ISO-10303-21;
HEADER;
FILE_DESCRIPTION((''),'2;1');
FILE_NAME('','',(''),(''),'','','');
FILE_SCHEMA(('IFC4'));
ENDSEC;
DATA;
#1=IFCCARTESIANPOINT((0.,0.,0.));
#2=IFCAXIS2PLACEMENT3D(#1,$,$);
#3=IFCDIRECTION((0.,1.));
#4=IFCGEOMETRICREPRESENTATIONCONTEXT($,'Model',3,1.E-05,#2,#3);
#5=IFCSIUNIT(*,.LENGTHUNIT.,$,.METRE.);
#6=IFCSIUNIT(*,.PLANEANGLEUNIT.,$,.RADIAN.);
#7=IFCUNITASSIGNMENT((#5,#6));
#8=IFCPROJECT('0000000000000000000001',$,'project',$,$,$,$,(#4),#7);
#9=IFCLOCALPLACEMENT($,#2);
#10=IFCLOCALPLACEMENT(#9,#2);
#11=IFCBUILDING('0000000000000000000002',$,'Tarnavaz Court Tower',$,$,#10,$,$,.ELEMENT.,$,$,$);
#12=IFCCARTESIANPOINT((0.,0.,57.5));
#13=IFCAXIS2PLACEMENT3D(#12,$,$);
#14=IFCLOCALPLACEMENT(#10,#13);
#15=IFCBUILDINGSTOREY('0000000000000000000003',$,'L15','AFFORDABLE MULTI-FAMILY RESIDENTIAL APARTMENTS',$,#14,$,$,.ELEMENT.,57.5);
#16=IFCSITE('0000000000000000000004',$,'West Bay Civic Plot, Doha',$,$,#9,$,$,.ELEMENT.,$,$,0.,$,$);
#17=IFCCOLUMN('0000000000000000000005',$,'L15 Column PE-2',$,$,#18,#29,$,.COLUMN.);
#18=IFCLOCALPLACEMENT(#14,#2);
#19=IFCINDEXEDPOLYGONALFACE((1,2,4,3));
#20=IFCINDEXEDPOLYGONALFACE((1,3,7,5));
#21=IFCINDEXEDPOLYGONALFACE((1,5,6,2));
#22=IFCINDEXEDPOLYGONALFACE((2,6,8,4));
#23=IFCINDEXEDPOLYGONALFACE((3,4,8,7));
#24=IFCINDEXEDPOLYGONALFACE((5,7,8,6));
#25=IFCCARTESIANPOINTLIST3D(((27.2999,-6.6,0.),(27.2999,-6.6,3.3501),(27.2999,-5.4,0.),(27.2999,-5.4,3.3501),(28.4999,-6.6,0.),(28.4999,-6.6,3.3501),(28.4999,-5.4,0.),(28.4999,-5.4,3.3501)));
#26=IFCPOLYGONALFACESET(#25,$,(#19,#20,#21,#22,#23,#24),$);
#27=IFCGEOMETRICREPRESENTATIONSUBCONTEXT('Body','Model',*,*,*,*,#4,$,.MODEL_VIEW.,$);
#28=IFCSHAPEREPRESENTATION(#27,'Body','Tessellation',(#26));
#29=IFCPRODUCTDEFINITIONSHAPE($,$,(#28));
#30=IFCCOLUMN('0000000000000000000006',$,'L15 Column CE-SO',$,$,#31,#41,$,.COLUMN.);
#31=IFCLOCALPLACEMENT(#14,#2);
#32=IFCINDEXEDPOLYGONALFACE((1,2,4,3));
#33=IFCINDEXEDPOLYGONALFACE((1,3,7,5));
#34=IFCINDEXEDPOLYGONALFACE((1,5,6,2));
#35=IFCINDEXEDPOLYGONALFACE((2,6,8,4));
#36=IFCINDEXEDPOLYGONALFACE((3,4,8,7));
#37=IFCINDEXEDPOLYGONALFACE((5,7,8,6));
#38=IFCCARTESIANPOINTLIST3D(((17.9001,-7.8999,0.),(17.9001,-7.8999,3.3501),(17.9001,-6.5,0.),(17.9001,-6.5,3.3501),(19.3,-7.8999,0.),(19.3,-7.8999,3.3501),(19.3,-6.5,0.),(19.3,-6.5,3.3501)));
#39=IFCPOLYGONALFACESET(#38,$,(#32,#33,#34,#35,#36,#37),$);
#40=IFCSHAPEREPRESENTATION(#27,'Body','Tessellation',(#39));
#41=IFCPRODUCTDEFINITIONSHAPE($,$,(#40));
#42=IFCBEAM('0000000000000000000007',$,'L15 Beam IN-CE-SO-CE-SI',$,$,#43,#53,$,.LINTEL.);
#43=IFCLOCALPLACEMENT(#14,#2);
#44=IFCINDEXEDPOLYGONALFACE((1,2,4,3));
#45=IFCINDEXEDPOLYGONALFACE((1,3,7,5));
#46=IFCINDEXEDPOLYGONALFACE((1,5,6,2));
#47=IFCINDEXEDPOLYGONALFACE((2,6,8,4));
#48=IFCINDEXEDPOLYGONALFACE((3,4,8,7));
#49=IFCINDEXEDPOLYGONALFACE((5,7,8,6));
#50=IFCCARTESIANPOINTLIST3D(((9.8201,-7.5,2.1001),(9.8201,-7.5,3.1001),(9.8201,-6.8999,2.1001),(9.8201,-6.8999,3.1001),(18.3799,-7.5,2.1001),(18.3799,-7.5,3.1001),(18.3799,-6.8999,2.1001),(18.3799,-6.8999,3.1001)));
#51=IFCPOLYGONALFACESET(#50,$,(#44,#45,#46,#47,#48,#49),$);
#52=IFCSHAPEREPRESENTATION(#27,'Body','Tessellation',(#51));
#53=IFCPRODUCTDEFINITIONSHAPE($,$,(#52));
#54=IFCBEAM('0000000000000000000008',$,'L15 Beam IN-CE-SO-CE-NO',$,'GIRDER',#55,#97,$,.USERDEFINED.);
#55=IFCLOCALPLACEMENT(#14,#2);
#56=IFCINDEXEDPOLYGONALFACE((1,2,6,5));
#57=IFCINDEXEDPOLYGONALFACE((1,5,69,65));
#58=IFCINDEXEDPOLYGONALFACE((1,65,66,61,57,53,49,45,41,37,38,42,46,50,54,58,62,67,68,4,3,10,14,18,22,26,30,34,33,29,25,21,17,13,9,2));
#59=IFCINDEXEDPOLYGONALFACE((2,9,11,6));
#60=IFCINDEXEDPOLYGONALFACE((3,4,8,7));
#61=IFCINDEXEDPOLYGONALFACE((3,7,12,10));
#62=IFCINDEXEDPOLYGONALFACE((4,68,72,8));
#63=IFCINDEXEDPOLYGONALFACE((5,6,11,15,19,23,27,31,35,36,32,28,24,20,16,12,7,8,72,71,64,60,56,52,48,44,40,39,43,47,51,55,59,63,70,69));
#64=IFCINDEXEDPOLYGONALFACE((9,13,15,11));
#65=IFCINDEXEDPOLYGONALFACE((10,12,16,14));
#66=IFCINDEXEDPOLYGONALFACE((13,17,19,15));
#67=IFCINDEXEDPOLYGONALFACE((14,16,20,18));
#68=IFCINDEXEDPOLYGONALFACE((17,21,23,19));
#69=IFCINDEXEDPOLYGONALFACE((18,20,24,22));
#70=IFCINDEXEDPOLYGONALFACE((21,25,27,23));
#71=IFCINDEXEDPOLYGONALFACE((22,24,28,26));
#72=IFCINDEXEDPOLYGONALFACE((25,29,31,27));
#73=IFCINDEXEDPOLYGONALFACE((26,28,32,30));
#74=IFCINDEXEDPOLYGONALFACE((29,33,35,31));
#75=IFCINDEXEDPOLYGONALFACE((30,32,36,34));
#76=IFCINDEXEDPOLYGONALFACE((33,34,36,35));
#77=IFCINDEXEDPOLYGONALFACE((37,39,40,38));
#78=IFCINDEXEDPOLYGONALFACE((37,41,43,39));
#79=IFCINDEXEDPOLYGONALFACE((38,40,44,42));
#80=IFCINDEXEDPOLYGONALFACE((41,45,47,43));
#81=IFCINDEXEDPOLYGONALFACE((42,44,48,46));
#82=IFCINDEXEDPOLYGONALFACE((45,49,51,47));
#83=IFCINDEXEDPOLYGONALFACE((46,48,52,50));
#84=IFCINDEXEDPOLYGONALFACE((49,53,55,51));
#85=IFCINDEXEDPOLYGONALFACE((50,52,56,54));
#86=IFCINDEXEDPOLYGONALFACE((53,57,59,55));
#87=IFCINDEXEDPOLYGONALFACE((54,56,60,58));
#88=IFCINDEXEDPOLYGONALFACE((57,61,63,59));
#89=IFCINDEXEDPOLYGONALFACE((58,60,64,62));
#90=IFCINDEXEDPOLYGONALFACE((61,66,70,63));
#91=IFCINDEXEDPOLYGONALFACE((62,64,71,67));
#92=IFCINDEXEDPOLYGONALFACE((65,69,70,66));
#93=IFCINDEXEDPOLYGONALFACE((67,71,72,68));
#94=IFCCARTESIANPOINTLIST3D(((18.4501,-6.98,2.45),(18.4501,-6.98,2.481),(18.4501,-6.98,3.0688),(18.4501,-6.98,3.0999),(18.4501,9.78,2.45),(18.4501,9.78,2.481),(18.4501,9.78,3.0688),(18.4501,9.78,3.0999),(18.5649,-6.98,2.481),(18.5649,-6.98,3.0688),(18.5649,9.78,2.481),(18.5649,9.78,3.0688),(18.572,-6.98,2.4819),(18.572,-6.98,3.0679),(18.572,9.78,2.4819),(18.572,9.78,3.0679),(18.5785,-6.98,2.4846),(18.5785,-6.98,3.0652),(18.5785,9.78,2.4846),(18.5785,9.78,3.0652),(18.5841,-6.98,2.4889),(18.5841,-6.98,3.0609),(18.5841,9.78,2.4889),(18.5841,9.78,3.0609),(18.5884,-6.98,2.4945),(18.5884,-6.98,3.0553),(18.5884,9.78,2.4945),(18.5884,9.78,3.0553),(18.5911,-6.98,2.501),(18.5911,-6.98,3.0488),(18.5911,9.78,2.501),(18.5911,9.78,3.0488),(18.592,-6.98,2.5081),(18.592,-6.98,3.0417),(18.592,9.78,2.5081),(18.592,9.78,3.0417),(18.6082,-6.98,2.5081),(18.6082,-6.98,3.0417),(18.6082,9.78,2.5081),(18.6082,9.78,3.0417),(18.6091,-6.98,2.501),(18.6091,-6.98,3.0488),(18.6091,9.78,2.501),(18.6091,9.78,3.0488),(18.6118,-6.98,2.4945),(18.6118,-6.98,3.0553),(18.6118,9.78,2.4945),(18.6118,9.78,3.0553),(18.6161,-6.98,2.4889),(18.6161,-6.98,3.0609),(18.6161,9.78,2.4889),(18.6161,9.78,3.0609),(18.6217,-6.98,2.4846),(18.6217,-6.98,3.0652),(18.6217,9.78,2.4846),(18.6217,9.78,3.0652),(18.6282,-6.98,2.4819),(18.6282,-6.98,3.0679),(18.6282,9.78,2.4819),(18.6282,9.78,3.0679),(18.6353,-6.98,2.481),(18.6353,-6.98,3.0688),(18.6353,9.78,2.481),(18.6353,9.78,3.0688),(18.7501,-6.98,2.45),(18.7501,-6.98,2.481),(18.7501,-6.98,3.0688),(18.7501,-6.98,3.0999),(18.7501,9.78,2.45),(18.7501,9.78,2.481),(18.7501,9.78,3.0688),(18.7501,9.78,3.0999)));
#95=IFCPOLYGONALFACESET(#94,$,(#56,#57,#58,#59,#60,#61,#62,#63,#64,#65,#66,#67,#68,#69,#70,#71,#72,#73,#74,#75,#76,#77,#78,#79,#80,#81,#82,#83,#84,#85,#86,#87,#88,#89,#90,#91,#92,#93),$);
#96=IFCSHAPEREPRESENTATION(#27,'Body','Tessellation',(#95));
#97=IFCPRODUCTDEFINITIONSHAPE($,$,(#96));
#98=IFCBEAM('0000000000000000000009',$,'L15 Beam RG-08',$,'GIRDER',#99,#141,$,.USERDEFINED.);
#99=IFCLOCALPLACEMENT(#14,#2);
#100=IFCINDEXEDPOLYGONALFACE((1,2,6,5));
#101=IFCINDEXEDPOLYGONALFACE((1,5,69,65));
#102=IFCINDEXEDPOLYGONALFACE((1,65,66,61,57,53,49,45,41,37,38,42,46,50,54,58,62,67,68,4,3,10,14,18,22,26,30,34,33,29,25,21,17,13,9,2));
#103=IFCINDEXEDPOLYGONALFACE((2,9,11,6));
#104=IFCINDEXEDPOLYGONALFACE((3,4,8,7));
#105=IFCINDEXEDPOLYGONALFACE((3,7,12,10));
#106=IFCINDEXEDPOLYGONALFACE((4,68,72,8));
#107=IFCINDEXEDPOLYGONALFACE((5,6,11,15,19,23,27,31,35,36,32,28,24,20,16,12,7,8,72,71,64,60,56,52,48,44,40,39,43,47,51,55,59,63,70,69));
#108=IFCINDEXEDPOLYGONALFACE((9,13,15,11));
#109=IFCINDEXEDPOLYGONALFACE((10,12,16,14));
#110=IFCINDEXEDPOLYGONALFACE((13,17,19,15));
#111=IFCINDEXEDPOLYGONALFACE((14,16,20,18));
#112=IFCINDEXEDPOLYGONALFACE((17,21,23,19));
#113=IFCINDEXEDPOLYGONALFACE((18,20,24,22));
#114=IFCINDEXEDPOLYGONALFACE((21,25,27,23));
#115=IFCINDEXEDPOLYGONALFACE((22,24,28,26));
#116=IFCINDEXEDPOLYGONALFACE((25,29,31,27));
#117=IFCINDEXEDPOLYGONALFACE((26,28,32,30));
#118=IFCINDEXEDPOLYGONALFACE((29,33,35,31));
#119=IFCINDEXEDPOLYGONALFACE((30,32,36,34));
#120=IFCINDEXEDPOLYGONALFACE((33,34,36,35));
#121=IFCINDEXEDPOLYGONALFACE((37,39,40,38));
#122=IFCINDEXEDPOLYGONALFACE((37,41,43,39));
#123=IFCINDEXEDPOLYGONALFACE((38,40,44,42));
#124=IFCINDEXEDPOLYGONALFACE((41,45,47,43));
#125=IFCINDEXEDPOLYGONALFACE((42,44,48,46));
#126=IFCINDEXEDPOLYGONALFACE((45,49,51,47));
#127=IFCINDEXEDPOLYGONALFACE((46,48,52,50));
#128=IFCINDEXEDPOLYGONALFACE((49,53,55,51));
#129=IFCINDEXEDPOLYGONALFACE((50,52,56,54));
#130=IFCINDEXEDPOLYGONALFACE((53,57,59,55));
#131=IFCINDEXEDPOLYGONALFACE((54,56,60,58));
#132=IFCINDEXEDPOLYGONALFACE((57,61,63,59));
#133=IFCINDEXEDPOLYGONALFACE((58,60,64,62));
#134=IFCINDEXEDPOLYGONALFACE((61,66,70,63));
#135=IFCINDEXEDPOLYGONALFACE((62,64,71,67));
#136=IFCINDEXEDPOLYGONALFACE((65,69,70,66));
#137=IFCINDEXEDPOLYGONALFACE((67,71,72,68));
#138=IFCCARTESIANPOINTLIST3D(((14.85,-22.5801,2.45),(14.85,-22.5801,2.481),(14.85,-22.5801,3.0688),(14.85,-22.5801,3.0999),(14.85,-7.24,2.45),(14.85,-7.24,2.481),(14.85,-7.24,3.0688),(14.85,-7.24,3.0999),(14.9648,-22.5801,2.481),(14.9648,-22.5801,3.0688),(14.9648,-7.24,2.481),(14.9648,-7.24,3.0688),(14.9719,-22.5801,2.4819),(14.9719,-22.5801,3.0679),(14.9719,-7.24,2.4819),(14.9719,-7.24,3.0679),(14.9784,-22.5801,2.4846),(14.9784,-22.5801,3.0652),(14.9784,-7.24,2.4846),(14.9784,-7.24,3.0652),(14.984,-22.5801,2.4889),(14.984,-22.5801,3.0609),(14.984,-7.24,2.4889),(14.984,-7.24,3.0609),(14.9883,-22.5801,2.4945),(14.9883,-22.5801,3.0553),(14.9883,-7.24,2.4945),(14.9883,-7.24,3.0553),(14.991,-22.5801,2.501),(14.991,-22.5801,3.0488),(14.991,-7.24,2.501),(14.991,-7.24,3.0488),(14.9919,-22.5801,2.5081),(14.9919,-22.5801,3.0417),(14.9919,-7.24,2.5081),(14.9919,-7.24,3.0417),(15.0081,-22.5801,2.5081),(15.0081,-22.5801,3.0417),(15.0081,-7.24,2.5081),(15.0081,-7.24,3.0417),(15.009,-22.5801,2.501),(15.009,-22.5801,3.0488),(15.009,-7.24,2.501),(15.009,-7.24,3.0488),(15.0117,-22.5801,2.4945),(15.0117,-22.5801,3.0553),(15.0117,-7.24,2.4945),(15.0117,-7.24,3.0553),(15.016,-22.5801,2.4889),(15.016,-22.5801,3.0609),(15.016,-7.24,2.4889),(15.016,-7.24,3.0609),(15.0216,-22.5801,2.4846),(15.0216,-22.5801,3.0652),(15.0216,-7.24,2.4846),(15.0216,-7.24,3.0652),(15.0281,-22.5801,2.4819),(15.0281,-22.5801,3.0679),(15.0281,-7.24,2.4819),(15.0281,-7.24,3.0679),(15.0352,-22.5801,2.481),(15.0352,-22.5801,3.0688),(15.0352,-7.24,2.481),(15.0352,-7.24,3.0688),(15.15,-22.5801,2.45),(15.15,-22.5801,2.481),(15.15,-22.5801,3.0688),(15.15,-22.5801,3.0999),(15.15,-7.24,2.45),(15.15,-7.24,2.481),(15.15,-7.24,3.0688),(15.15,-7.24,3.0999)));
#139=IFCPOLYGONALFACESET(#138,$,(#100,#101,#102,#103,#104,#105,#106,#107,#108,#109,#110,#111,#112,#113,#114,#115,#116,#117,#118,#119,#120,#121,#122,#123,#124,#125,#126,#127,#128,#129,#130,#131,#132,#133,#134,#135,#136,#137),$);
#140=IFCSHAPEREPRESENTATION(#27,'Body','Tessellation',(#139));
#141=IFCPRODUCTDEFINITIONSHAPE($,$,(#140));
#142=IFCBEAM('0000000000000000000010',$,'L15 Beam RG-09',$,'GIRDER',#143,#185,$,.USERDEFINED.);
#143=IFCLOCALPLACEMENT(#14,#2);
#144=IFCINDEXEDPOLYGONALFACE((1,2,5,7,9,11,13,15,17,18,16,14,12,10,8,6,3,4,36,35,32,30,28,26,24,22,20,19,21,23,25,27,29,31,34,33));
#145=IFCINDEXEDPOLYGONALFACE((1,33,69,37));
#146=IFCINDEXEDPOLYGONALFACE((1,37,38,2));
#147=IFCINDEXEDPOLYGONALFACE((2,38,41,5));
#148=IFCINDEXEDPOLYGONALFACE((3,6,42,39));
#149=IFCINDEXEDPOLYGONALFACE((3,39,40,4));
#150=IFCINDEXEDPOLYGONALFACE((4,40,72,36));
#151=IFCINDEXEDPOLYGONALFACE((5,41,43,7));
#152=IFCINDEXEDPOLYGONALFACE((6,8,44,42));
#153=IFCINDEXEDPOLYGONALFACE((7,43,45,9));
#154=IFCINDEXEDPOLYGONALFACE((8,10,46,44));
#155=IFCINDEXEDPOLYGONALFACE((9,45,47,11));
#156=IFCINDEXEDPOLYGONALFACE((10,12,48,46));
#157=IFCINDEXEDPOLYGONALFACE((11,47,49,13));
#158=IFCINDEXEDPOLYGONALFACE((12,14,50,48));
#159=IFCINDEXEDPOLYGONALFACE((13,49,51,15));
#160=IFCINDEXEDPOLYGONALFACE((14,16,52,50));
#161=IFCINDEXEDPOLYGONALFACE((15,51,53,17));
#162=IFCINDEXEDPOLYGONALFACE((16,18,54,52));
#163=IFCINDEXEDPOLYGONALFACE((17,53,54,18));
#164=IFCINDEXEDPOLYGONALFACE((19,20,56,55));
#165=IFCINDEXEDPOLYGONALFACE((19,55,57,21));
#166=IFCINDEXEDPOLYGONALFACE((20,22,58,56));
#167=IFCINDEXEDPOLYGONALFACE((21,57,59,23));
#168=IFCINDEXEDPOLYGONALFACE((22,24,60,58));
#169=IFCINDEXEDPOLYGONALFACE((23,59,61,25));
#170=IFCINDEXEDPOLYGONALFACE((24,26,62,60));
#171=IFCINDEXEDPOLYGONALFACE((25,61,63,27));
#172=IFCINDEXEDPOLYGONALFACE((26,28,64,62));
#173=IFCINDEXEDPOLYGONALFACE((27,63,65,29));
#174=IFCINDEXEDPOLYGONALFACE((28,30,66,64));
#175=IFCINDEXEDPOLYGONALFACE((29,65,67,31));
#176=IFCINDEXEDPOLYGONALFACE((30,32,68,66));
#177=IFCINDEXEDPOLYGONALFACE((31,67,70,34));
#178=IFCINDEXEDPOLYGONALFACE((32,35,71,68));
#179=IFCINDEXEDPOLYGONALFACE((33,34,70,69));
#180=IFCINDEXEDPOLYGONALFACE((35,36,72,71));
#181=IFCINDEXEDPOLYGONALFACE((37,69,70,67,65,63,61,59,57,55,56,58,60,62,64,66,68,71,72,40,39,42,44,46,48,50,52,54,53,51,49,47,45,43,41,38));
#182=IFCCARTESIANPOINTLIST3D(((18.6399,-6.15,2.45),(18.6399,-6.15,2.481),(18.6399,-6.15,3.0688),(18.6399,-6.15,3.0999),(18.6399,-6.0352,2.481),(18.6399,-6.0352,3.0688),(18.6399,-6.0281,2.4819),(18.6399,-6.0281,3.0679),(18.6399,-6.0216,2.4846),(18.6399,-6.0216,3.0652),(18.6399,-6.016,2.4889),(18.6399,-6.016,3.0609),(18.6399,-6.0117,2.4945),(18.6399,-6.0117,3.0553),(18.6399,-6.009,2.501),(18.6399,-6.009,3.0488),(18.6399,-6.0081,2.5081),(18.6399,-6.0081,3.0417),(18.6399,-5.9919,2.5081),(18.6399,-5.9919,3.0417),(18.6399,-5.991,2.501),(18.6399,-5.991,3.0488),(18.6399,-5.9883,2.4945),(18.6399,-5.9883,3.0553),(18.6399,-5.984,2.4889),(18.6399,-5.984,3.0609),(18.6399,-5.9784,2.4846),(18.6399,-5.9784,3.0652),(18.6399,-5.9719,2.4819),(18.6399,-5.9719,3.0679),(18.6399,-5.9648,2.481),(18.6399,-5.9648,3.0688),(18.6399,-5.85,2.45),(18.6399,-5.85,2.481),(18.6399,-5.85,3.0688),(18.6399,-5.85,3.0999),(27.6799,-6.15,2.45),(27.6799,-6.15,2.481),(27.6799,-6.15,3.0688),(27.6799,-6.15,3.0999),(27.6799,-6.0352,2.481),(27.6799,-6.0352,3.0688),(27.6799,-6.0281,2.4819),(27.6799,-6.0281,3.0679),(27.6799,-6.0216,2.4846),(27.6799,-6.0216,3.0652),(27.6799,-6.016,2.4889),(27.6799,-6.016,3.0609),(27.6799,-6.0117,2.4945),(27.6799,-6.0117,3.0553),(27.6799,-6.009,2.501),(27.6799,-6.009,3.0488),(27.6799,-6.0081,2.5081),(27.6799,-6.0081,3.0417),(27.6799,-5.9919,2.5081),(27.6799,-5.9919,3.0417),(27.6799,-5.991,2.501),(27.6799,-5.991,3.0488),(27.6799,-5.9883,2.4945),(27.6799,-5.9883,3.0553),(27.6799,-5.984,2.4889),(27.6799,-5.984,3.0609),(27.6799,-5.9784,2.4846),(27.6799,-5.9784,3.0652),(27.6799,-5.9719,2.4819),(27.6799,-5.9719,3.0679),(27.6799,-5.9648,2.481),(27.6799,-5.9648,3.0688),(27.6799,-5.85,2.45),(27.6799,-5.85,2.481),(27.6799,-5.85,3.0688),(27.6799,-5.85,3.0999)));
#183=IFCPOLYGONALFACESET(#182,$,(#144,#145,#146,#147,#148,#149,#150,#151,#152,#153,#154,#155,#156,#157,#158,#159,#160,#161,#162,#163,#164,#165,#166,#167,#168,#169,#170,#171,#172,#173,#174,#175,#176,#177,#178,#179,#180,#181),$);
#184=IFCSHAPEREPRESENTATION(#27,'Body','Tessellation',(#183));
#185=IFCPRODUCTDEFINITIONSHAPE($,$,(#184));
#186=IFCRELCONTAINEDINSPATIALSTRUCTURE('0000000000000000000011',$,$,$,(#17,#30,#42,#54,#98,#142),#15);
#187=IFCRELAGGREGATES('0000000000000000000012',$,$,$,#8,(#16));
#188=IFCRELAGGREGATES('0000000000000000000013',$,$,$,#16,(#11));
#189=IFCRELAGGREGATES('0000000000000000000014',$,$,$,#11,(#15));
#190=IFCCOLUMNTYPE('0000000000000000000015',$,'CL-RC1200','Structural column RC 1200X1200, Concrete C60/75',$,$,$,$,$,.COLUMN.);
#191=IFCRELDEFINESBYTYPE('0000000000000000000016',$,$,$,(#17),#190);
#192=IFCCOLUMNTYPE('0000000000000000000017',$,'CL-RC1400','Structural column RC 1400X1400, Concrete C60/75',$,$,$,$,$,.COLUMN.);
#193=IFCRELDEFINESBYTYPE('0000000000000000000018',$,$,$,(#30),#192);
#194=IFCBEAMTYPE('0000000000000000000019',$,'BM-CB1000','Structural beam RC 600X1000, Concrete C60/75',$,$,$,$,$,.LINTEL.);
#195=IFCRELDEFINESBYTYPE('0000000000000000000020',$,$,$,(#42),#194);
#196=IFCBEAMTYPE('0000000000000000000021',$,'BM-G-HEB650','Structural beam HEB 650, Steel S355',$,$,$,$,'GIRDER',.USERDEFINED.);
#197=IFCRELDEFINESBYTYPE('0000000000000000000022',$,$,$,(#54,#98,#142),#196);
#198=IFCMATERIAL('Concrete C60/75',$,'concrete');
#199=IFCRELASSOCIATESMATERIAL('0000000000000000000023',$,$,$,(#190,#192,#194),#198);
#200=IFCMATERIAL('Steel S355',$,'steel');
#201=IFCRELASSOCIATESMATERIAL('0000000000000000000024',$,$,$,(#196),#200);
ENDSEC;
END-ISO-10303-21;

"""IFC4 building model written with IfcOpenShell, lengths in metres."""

from ifc_helpers import new_model, si_unit, direction, frame, origin, origin_2d, place, context, subcontext, project, spatial, rectangle, i_section, extrude, material, material_profile, profile_set, type_object, element, save


model = new_model("IFC4")

# Units and contexts
model_context = context("Model", 3, precision=1e-05, world=origin(), true_north=direction((0.0, 1.0)))
body_context = subcontext(model_context, "Body", "Model", "MODEL_VIEW")
ifc_project = project(units=[si_unit("LENGTHUNIT", "METRE"), si_unit("PLANEANGLEUNIT", "RADIAN")], contexts=[model_context])

# Site, building, storey
site_placement = place(None, origin())
site = spatial("IfcSite", under=ifc_project, at=site_placement, Name="West Bay Civic Plot, Doha", CompositionType="ELEMENT", RefElevation=0.0)
building_placement = place(site_placement, origin())
building = spatial("IfcBuilding", under=site, at=building_placement, Name="Tarnavaz Court Tower", CompositionType="ELEMENT")
storey_placement = place(building_placement, frame((0.0, 0.0, 57.5)))
storey = spatial("IfcBuildingStorey", under=building, at=storey_placement, Name="L15", Description="AFFORDABLE MULTI-FAMILY RESIDENTIAL APARTMENTS", CompositionType="ELEMENT", Elevation=57.5)

# Columns
ifc_material_1 = material(Name="Concrete C60/75", Category="concrete")
ifc_material_profile_1 = material_profile(ifc_material_1, rectangle(XDim=1.2, YDim=1.2, at=origin_2d()), Name="RC 1200X1200")
ifc_profile_set_1 = profile_set([ifc_material_profile_1], Name="Concrete C60/75")
column_type_1 = type_object("IfcColumnType", Name="CL-RC1200", Description="Structural column RC 1200X1200, Concrete C60/75", PredefinedType="COLUMN", material=ifc_profile_set_1)
column_1_placement = place(storey_placement, frame((27.8999, -6.0, 0.0), z_axis=(0.0, 0.0, 1.0), x_axis=(1.0, 0.0, 0.0)))
element("IfcColumn", 1, at=column_1_placement, inside=storey, type_object=column_type_1, Name="L15 Column PE-2", PredefinedType="COLUMN", context=body_context, shape_type="SweptSolid", body=[
    extrude(rectangle(XDim=1.2, YDim=1.2, at=origin_2d()), origin(), (0.0, 0.0, 1.0), 3.3501),
])
ifc_material_profile_2 = material_profile(ifc_material_1, rectangle(XDim=1.3999, YDim=1.3999, at=origin_2d()), Name="RC 1400X1400")
ifc_profile_set_2 = profile_set([ifc_material_profile_2], Name="Concrete C60/75")
column_type_2 = type_object("IfcColumnType", Name="CL-RC1400", Description="Structural column RC 1400X1400, Concrete C60/75", PredefinedType="COLUMN", material=ifc_profile_set_2)
column_2_placement = place(storey_placement, frame((18.6001, -7.2, 0.0), z_axis=(0.0, 0.0, 1.0), x_axis=(1.0, 0.0, 0.0)))
element("IfcColumn", 2, at=column_2_placement, inside=storey, type_object=column_type_2, Name="L15 Column CE-SO", PredefinedType="COLUMN", context=body_context, shape_type="SweptSolid", body=[
    extrude(rectangle(XDim=1.3999, YDim=1.3999, at=origin_2d()), origin(), (0.0, 0.0, 1.0), 3.3501),
])

# Beams
ifc_material_profile_3 = material_profile(ifc_material_1, rectangle(XDim=0.6001, YDim=1.0, at=origin_2d()), Name="RC 600X1000")
ifc_profile_set_3 = profile_set([ifc_material_profile_3], Name="Concrete C60/75")
beam_type_1 = type_object("IfcBeamType", Name="BM-CB1000", Description="Structural beam RC 600X1000, Concrete C60/75", PredefinedType="LINTEL", material=ifc_profile_set_3)
beam_1_placement = place(storey_placement, frame((18.3799, -7.2, 2.6001), z_axis=(-1.0, 0.0, 0.0), x_axis=(0.0, -1.0, 0.0)))
element("IfcBeam", 3, at=beam_1_placement, inside=storey, type_object=beam_type_1, Name="L15 Beam IN-CE-SO-CE-SI", PredefinedType="LINTEL", context=body_context, shape_type="SweptSolid", body=[
    extrude(rectangle(XDim=0.6001, YDim=1.0, at=origin_2d()), origin(), (0.0, 0.0, 1.0), 8.5598),
])
ifc_material_2 = material(Name="Steel S355", Category="steel")
ifc_material_profile_4 = material_profile(ifc_material_2, i_section(OverallWidth=0.3, OverallDepth=0.6499, WebThickness=0.0161, FlangeThickness=0.031, FilletRadius=0.0271, at=origin_2d()), Name="HEB 650")
ifc_profile_set_4 = profile_set([ifc_material_profile_4], Name="Steel S355")
beam_type_2 = type_object("IfcBeamType", Name="BM-G-HEB650", Description="Structural beam HEB 650, Steel S355", ElementType="GIRDER", PredefinedType="USERDEFINED", material=ifc_profile_set_4)
beam_2_placement = place(storey_placement, frame((18.6001, -6.98, 2.7749), z_axis=(0.0, 1.0, 0.0), x_axis=(-1.0, 0.0, 0.0)))
element("IfcBeam", 4, at=beam_2_placement, inside=storey, type_object=beam_type_2, Name="L15 Beam IN-CE-SO-CE-NO", ObjectType="GIRDER", PredefinedType="USERDEFINED", context=body_context, shape_type="SweptSolid", body=[
    extrude(i_section(OverallWidth=0.3, OverallDepth=0.6499, WebThickness=0.0161, FlangeThickness=0.031, FilletRadius=0.0271, at=origin_2d()), origin(), (0.0, 0.0, 1.0), 16.76),
])
beam_3_placement = place(storey_placement, frame((15.0, -7.24, 2.7749), z_axis=(0.0, -1.0, 0.0), x_axis=(1.0, 0.0, 0.0)))
element("IfcBeam", 5, at=beam_3_placement, inside=storey, type_object=beam_type_2, Name="L15 Beam RG-08", ObjectType="GIRDER", PredefinedType="USERDEFINED", context=body_context, shape_type="SweptSolid", body=[
    extrude(i_section(OverallWidth=0.3, OverallDepth=0.6499, WebThickness=0.0161, FlangeThickness=0.031, FilletRadius=0.0271, at=origin_2d()), origin(), (0.0, 0.0, 1.0), 15.3401),
])
beam_4_placement = place(storey_placement, frame((18.6399, -6.0, 2.7749), z_axis=(1.0, 0.0, 0.0), x_axis=(0.0, 1.0, 0.0)))
element("IfcBeam", 6, at=beam_4_placement, inside=storey, type_object=beam_type_2, Name="L15 Beam RG-09", ObjectType="GIRDER", PredefinedType="USERDEFINED", context=body_context, shape_type="SweptSolid", body=[
    extrude(i_section(OverallWidth=0.3, OverallDepth=0.6499, WebThickness=0.0161, FlangeThickness=0.031, FilletRadius=0.0271, at=origin_2d()), origin(), (0.0, 0.0, 1.0), 9.04),
])

save(model, "model.ifc")
